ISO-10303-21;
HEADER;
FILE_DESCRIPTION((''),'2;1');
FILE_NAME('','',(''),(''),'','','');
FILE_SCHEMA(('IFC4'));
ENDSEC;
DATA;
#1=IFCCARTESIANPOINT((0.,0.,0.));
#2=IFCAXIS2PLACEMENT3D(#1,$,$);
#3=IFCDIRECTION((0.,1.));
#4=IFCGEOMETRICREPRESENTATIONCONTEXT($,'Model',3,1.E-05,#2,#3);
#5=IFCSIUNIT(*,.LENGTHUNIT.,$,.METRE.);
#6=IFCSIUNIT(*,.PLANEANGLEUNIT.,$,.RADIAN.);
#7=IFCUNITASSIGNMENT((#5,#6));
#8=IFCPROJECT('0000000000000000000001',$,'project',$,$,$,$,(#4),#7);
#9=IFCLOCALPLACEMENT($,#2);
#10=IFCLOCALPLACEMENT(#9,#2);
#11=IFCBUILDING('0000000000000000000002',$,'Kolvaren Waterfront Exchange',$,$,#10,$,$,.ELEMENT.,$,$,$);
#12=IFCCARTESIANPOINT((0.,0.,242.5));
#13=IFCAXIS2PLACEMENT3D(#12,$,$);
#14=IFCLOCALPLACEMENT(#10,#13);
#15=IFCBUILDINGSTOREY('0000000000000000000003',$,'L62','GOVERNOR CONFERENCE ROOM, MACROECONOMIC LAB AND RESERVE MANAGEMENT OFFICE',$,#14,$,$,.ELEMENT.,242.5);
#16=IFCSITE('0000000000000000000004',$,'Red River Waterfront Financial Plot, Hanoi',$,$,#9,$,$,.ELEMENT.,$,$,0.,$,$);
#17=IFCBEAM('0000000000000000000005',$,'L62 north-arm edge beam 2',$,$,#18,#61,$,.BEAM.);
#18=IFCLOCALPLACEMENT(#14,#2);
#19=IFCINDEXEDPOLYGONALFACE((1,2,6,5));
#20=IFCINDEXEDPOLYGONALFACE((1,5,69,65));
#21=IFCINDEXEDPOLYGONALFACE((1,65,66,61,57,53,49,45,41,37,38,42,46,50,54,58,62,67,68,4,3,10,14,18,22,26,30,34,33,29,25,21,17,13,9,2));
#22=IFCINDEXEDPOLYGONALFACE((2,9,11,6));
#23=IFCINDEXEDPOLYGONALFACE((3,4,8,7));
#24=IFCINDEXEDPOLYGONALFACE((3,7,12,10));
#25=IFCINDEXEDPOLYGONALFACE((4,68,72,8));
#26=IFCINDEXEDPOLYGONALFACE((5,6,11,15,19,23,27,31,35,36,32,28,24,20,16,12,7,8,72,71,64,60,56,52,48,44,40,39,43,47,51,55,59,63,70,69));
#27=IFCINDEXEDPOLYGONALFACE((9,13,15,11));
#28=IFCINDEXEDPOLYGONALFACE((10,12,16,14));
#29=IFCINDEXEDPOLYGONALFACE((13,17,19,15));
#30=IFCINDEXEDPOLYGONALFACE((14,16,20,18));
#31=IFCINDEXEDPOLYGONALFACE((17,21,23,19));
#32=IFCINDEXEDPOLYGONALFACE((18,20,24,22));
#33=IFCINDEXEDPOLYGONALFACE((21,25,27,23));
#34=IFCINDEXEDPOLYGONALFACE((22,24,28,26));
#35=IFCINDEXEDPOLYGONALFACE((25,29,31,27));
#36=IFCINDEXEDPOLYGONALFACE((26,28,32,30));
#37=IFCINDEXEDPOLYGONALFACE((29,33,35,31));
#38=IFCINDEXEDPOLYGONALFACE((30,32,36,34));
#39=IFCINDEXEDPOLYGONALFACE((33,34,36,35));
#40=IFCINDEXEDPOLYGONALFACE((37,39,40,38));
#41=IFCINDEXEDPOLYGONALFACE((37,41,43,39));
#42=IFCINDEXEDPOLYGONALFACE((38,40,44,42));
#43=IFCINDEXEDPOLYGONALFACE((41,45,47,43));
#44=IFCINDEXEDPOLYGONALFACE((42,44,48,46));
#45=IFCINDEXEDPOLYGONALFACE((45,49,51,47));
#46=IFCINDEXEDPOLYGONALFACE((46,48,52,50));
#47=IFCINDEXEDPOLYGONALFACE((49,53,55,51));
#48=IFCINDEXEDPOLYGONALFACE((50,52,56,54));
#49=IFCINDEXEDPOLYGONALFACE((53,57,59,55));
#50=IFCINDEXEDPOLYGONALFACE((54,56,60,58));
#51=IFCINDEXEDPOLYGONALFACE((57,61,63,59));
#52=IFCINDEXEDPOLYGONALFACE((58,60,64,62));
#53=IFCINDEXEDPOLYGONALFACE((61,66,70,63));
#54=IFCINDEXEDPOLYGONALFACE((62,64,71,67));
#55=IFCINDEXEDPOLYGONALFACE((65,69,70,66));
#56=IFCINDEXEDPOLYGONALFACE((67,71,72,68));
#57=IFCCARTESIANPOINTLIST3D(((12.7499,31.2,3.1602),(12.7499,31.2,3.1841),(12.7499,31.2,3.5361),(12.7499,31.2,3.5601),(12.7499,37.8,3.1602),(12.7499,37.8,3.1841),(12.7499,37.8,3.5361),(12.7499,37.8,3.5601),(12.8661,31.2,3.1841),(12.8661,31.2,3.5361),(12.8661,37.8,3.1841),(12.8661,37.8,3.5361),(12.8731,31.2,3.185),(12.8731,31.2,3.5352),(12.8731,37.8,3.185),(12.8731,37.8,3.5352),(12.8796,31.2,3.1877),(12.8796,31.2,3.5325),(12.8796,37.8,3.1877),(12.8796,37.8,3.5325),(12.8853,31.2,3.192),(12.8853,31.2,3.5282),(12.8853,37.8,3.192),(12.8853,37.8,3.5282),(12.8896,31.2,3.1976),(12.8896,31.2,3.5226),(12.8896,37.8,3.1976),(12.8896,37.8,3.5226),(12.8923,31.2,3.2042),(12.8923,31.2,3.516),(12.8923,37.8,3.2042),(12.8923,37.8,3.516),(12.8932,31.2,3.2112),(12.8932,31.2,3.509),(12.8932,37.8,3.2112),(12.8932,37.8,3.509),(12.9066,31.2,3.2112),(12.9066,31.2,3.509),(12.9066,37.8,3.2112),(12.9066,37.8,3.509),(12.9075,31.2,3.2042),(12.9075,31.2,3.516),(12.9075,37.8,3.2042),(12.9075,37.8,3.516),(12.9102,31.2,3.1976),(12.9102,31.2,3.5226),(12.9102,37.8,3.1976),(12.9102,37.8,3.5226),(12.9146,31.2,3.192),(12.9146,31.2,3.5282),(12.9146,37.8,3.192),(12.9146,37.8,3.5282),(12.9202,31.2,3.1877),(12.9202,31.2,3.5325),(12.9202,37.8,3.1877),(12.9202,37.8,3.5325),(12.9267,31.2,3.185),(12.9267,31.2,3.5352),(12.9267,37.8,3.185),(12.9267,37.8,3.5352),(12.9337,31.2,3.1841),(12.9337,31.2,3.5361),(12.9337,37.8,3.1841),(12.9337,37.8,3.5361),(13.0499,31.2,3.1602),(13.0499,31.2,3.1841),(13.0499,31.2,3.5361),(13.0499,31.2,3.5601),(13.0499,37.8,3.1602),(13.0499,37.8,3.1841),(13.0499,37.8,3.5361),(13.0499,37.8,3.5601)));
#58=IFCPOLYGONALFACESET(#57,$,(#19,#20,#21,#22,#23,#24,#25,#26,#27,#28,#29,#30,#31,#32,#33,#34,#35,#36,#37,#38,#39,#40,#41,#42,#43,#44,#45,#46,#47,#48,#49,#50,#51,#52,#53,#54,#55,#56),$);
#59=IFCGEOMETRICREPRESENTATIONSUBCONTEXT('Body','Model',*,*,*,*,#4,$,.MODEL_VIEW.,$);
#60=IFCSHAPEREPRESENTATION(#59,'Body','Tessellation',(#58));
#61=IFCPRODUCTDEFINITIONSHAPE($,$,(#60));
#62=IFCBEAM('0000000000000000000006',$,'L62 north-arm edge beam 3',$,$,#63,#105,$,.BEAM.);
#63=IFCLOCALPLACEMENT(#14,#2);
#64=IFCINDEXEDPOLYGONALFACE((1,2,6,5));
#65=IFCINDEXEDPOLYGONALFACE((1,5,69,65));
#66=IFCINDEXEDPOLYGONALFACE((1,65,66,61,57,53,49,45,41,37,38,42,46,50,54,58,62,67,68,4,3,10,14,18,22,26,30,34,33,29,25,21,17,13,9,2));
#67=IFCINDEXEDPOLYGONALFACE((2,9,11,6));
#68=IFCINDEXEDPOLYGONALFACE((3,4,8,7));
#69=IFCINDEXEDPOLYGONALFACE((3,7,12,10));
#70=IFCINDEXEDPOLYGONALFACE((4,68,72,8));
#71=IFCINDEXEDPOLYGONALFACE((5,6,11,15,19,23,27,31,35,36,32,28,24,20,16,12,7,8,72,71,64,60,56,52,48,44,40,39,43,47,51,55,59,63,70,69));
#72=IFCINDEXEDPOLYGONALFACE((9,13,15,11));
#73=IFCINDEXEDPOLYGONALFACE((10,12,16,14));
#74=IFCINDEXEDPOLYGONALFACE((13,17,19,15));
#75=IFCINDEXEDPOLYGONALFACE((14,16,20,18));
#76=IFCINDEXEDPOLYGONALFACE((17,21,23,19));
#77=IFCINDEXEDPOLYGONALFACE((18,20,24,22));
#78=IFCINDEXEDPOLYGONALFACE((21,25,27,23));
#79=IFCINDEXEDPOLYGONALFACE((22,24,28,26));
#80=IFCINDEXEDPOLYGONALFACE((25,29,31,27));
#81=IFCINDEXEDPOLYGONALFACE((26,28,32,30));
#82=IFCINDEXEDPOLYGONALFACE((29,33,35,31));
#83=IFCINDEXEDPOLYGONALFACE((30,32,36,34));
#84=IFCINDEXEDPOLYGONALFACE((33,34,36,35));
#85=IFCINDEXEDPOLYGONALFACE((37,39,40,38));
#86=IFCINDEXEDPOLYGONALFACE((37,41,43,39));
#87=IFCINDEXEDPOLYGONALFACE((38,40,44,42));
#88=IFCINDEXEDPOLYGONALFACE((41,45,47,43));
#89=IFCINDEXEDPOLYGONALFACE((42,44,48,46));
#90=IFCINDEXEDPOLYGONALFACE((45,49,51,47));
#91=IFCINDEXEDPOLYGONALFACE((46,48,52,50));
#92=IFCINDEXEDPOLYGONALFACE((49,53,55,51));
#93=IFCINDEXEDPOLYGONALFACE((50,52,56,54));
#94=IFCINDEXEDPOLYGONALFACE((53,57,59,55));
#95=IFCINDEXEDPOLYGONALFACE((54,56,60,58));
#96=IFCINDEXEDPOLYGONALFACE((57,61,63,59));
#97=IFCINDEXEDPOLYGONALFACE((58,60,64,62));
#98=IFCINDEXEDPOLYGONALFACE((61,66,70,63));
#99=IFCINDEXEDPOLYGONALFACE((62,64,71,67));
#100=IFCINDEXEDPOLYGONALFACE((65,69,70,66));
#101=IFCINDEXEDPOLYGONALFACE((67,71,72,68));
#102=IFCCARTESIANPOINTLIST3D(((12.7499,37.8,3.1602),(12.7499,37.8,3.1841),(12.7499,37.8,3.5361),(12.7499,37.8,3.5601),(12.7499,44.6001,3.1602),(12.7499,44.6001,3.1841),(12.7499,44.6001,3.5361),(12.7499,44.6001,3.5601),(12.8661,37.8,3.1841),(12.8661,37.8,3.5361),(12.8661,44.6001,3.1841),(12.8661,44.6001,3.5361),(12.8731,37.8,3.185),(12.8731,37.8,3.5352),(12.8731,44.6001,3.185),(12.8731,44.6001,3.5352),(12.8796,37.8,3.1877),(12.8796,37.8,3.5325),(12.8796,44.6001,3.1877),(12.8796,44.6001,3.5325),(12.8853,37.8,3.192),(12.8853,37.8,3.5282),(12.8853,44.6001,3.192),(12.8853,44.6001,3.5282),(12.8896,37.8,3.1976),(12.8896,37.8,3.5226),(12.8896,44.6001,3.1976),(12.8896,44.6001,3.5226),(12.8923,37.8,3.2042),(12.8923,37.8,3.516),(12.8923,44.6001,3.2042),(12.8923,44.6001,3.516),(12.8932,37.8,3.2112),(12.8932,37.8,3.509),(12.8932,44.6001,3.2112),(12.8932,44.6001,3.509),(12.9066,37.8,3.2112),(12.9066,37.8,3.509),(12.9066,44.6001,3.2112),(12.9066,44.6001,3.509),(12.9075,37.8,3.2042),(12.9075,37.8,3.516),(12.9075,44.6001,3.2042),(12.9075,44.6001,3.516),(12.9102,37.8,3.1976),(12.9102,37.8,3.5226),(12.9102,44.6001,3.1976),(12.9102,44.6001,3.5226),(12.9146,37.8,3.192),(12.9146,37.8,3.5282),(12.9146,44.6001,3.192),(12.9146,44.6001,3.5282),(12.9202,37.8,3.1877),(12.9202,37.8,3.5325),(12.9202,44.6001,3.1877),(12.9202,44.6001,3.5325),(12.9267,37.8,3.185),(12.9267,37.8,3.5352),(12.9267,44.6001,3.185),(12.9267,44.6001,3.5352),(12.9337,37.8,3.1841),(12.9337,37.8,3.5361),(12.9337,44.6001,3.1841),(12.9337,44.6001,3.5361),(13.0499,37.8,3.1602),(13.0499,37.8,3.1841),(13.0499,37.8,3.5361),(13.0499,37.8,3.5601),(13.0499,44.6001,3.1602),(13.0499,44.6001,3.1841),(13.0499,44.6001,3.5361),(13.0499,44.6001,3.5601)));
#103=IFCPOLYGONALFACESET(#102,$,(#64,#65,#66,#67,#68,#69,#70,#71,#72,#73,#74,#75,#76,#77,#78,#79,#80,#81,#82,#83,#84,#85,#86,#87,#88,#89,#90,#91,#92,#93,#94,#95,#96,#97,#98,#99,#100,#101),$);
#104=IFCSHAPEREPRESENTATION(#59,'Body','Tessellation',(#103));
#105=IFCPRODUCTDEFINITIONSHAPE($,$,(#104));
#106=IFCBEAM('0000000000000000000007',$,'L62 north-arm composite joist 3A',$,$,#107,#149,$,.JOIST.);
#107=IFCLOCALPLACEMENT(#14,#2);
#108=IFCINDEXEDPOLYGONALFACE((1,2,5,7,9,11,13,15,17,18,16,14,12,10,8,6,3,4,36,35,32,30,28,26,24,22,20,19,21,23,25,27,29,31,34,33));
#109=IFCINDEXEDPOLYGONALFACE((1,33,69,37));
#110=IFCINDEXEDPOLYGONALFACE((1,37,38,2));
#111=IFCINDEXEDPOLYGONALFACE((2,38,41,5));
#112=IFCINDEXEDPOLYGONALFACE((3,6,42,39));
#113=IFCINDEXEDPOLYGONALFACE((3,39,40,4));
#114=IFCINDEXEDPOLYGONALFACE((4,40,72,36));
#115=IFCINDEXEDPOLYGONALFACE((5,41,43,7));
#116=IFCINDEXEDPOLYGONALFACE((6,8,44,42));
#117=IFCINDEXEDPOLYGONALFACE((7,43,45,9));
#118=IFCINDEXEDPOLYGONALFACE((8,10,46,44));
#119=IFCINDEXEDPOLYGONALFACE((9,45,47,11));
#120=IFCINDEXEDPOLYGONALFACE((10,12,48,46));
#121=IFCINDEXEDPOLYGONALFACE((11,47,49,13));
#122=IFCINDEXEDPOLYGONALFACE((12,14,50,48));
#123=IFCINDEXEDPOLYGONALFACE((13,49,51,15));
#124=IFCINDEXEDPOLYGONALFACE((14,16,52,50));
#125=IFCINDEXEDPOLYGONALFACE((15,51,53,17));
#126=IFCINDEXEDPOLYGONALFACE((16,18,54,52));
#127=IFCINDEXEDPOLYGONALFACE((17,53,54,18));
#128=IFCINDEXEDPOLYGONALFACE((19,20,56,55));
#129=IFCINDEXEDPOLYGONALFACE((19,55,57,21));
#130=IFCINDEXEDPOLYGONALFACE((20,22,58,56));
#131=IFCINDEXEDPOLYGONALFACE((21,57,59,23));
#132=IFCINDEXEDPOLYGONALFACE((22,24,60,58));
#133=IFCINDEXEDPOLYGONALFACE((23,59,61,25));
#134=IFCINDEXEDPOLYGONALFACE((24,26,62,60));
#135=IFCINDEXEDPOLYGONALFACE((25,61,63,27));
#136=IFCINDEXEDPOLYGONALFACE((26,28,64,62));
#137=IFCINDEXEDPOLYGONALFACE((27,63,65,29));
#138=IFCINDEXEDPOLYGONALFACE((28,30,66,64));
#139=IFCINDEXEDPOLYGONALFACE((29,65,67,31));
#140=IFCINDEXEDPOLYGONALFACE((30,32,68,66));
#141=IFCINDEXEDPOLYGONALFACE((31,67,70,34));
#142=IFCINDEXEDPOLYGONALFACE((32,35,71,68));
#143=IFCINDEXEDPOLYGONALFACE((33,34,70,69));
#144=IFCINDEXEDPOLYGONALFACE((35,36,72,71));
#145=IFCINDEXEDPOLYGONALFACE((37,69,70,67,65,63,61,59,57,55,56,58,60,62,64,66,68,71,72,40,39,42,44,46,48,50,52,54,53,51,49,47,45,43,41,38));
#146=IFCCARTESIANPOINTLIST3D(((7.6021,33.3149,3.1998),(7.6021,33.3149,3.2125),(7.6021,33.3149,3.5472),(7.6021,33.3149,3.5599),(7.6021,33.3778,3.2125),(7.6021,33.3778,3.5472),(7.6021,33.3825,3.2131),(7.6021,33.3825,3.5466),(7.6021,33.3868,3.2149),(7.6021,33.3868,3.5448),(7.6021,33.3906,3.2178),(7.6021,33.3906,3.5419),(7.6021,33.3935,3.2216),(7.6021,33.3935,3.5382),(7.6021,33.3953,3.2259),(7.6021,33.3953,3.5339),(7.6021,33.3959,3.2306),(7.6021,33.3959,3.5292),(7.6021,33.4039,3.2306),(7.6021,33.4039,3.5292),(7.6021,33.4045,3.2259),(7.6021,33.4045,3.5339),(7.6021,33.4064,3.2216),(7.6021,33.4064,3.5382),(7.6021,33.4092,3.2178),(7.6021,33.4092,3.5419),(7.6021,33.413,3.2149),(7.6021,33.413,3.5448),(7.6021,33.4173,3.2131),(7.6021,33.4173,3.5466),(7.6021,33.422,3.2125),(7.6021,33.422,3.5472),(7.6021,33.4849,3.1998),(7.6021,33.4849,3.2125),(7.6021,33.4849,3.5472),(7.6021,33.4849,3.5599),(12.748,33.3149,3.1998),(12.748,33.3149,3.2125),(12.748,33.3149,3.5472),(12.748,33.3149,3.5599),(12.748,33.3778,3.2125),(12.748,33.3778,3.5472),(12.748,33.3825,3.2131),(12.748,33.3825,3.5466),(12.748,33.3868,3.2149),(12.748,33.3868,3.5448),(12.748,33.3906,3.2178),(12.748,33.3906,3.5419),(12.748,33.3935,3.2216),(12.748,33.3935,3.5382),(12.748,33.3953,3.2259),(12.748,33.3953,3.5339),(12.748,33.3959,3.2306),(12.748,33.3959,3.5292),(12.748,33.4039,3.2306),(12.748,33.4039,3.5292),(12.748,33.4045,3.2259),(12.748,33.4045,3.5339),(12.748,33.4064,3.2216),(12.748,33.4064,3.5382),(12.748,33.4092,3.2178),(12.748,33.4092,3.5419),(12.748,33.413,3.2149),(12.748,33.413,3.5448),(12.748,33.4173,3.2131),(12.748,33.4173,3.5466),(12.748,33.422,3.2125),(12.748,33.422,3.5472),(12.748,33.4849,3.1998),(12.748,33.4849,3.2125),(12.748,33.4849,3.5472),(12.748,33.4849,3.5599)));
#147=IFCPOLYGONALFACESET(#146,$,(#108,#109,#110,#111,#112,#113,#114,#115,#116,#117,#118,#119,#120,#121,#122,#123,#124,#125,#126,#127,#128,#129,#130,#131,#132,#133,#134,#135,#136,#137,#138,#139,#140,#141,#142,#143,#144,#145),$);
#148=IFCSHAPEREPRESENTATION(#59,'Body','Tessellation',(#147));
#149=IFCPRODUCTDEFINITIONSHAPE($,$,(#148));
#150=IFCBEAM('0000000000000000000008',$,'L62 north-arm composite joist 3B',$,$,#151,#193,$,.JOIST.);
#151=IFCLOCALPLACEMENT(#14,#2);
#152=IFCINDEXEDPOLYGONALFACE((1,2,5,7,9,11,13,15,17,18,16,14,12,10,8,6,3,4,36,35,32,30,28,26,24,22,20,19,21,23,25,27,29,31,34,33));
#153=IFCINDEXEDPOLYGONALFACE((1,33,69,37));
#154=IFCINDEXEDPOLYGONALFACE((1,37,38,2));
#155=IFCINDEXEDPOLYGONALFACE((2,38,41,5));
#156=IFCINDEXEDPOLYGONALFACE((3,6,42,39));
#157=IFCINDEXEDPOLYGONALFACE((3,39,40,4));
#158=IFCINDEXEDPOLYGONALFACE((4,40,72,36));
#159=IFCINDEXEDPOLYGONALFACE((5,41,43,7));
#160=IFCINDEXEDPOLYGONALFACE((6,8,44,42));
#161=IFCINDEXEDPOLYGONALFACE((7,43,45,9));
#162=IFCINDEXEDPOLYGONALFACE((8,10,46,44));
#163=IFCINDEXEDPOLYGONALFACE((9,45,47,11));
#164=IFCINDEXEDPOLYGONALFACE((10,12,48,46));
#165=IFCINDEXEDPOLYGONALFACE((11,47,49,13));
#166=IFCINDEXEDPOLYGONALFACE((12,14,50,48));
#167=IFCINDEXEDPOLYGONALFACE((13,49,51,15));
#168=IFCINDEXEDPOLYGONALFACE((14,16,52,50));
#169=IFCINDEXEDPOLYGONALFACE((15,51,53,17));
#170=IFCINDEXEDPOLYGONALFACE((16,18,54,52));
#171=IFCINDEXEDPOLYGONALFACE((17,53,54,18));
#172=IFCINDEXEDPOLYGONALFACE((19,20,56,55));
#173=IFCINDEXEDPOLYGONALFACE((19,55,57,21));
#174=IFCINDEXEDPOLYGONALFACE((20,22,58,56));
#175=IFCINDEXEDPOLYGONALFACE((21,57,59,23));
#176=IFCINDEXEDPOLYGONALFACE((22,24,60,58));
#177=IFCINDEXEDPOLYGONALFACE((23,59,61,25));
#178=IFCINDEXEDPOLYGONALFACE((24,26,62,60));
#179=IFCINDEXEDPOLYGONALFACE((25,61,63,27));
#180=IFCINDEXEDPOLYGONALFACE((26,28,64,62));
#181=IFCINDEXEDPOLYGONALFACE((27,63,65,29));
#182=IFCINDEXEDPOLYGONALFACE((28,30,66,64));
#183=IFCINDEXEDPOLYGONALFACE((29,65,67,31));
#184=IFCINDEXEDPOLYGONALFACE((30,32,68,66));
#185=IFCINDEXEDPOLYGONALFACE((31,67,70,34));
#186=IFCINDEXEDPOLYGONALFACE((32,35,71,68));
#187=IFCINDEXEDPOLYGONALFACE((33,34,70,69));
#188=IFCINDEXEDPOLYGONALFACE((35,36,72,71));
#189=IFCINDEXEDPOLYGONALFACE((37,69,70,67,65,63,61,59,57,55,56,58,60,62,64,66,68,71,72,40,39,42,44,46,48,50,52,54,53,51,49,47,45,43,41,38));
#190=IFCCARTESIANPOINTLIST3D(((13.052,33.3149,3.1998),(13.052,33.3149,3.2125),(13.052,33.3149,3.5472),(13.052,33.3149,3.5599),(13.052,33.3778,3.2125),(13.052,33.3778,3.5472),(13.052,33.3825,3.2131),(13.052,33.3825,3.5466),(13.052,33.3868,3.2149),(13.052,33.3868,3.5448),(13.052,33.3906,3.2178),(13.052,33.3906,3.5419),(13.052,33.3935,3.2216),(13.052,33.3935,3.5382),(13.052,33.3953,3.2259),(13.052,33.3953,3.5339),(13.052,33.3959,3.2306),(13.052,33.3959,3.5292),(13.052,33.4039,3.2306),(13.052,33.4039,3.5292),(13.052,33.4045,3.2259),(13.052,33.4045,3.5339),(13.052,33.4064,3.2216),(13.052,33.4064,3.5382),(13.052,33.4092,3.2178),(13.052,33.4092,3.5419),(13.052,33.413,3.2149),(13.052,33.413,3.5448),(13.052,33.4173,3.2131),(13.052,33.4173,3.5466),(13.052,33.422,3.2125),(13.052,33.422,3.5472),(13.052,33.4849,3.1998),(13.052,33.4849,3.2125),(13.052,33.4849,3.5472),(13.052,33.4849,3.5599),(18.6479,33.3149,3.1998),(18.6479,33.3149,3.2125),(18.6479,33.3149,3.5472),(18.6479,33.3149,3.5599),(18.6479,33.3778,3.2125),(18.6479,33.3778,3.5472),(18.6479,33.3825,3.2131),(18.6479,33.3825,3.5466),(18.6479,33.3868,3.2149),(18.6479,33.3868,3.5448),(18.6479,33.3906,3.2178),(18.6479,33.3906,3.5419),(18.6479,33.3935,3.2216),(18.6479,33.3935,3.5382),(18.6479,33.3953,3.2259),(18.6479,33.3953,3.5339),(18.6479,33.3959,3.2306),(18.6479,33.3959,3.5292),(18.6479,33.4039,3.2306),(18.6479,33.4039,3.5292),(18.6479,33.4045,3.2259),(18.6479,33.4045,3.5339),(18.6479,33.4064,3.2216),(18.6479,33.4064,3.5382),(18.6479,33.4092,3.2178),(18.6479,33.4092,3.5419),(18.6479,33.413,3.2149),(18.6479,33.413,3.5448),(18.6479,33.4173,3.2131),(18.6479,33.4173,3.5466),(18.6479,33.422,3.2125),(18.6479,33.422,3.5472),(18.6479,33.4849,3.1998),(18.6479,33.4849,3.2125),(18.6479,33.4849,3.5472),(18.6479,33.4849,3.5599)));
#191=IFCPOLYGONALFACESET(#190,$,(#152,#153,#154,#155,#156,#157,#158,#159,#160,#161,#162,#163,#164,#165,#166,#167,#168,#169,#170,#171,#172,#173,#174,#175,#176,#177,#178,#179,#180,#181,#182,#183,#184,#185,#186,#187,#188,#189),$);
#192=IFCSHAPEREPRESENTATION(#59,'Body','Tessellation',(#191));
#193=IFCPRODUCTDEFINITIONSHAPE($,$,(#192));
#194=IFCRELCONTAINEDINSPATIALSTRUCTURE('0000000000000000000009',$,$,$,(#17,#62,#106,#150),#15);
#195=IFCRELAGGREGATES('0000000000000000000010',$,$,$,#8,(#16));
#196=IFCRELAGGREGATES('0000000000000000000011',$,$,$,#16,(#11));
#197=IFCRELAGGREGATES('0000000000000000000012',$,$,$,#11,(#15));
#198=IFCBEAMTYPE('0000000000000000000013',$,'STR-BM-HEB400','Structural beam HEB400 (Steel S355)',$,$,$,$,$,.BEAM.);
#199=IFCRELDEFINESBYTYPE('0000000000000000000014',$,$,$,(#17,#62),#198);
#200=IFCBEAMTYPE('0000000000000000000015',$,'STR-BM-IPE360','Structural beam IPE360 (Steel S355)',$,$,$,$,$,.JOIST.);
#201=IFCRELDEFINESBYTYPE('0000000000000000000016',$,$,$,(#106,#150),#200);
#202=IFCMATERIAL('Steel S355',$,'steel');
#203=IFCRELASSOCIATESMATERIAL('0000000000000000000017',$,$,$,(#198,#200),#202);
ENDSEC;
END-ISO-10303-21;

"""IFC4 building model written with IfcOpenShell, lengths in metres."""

from ifc_helpers import new_model, si_unit, direction, frame, origin, origin_2d, place, context, subcontext, project, spatial, i_section, extrude, material, material_profile, profile_set, type_object, element, save


model = new_model("IFC4")

# Units and contexts
model_context = context("Model", 3, precision=1e-05, world=origin(), true_north=direction((0.0, 1.0)))
body_context = subcontext(model_context, "Body", "Model", "MODEL_VIEW")
ifc_project = project(units=[si_unit("LENGTHUNIT", "METRE"), si_unit("PLANEANGLEUNIT", "RADIAN")], contexts=[model_context])

# Site, building, storey
site_placement = place(None, origin())
site = spatial("IfcSite", under=ifc_project, at=site_placement, Name="Red River Waterfront Financial Plot, Hanoi", CompositionType="ELEMENT", RefElevation=0.0)
building_placement = place(site_placement, origin())
building = spatial("IfcBuilding", under=site, at=building_placement, Name="Kolvaren Waterfront Exchange", CompositionType="ELEMENT")
storey_placement = place(building_placement, frame((0.0, 0.0, 242.5)))
storey = spatial("IfcBuildingStorey", under=building, at=storey_placement, Name="L62", Description="GOVERNOR CONFERENCE ROOM, MACROECONOMIC LAB AND RESERVE MANAGEMENT OFFICE", CompositionType="ELEMENT", Elevation=242.5)

# Beams
ifc_material_1 = material(Name="Steel S355", Category="steel")
ifc_material_profile_1 = material_profile(ifc_material_1, i_section(OverallWidth=0.3, OverallDepth=0.3999, WebThickness=0.0134, FlangeThickness=0.0239, FilletRadius=0.0271, at=origin_2d()), Name="HEB400")
ifc_profile_set_1 = profile_set([ifc_material_profile_1], Name="Steel S355")
beam_type_1 = type_object("IfcBeamType", Name="STR-BM-HEB400", Description="Structural beam HEB400 (Steel S355)", PredefinedType="BEAM", material=ifc_profile_set_1)
beam_1_placement = place(storey_placement, frame((12.8999, 31.2, 3.3601), z_axis=(0.0, 1.0, 0.0), x_axis=(-1.0, 0.0, 0.0)))
element("IfcBeam", 1, at=beam_1_placement, inside=storey, type_object=beam_type_1, Name="L62 north-arm edge beam 2", PredefinedType="BEAM", context=body_context, shape_type="SweptSolid", body=[
    extrude(i_section(OverallWidth=0.3, OverallDepth=0.3999, WebThickness=0.0134, FlangeThickness=0.0239, FilletRadius=0.0271, at=origin_2d()), origin(), (0.0, 0.0, 1.0), 6.6001),
])
beam_2_placement = place(storey_placement, frame((12.8999, 37.8, 3.3601), z_axis=(0.0, 1.0, 0.0), x_axis=(-1.0, 0.0, 0.0)))
element("IfcBeam", 2, at=beam_2_placement, inside=storey, type_object=beam_type_1, Name="L62 north-arm edge beam 3", PredefinedType="BEAM", context=body_context, shape_type="SweptSolid", body=[
    extrude(i_section(OverallWidth=0.3, OverallDepth=0.3999, WebThickness=0.0134, FlangeThickness=0.0239, FilletRadius=0.0271, at=origin_2d()), origin(), (0.0, 0.0, 1.0), 6.8),
])
ifc_material_profile_2 = material_profile(ifc_material_1, i_section(OverallWidth=0.1699, OverallDepth=0.3601, WebThickness=0.0081, FlangeThickness=0.0127, FilletRadius=0.0181, at=origin_2d()), Name="IPE360")
ifc_profile_set_2 = profile_set([ifc_material_profile_2], Name="Steel S355")
beam_type_2 = type_object("IfcBeamType", Name="STR-BM-IPE360", Description="Structural beam IPE360 (Steel S355)", PredefinedType="JOIST", material=ifc_profile_set_2)
beam_3_placement = place(storey_placement, frame((7.6021, 33.3999, 3.3799), z_axis=(1.0, 0.0, 0.0), x_axis=(0.0, 1.0, 0.0)))
element("IfcBeam", 3, at=beam_3_placement, inside=storey, type_object=beam_type_2, Name="L62 north-arm composite joist 3A", PredefinedType="JOIST", context=body_context, shape_type="SweptSolid", body=[
    extrude(i_section(OverallWidth=0.1699, OverallDepth=0.3601, WebThickness=0.0081, FlangeThickness=0.0127, FilletRadius=0.0181, at=origin_2d()), origin(), (0.0, 0.0, 1.0), 5.146),
])
beam_4_placement = place(storey_placement, frame((13.052, 33.3999, 3.3799), z_axis=(1.0, 0.0, 0.0), x_axis=(0.0, 1.0, 0.0)))
element("IfcBeam", 4, at=beam_4_placement, inside=storey, type_object=beam_type_2, Name="L62 north-arm composite joist 3B", PredefinedType="JOIST", context=body_context, shape_type="SweptSolid", body=[
    extrude(i_section(OverallWidth=0.1699, OverallDepth=0.3601, WebThickness=0.0081, FlangeThickness=0.0127, FilletRadius=0.0181, at=origin_2d()), origin(), (0.0, 0.0, 1.0), 5.5959),
])

save(model, "model.ifc")
